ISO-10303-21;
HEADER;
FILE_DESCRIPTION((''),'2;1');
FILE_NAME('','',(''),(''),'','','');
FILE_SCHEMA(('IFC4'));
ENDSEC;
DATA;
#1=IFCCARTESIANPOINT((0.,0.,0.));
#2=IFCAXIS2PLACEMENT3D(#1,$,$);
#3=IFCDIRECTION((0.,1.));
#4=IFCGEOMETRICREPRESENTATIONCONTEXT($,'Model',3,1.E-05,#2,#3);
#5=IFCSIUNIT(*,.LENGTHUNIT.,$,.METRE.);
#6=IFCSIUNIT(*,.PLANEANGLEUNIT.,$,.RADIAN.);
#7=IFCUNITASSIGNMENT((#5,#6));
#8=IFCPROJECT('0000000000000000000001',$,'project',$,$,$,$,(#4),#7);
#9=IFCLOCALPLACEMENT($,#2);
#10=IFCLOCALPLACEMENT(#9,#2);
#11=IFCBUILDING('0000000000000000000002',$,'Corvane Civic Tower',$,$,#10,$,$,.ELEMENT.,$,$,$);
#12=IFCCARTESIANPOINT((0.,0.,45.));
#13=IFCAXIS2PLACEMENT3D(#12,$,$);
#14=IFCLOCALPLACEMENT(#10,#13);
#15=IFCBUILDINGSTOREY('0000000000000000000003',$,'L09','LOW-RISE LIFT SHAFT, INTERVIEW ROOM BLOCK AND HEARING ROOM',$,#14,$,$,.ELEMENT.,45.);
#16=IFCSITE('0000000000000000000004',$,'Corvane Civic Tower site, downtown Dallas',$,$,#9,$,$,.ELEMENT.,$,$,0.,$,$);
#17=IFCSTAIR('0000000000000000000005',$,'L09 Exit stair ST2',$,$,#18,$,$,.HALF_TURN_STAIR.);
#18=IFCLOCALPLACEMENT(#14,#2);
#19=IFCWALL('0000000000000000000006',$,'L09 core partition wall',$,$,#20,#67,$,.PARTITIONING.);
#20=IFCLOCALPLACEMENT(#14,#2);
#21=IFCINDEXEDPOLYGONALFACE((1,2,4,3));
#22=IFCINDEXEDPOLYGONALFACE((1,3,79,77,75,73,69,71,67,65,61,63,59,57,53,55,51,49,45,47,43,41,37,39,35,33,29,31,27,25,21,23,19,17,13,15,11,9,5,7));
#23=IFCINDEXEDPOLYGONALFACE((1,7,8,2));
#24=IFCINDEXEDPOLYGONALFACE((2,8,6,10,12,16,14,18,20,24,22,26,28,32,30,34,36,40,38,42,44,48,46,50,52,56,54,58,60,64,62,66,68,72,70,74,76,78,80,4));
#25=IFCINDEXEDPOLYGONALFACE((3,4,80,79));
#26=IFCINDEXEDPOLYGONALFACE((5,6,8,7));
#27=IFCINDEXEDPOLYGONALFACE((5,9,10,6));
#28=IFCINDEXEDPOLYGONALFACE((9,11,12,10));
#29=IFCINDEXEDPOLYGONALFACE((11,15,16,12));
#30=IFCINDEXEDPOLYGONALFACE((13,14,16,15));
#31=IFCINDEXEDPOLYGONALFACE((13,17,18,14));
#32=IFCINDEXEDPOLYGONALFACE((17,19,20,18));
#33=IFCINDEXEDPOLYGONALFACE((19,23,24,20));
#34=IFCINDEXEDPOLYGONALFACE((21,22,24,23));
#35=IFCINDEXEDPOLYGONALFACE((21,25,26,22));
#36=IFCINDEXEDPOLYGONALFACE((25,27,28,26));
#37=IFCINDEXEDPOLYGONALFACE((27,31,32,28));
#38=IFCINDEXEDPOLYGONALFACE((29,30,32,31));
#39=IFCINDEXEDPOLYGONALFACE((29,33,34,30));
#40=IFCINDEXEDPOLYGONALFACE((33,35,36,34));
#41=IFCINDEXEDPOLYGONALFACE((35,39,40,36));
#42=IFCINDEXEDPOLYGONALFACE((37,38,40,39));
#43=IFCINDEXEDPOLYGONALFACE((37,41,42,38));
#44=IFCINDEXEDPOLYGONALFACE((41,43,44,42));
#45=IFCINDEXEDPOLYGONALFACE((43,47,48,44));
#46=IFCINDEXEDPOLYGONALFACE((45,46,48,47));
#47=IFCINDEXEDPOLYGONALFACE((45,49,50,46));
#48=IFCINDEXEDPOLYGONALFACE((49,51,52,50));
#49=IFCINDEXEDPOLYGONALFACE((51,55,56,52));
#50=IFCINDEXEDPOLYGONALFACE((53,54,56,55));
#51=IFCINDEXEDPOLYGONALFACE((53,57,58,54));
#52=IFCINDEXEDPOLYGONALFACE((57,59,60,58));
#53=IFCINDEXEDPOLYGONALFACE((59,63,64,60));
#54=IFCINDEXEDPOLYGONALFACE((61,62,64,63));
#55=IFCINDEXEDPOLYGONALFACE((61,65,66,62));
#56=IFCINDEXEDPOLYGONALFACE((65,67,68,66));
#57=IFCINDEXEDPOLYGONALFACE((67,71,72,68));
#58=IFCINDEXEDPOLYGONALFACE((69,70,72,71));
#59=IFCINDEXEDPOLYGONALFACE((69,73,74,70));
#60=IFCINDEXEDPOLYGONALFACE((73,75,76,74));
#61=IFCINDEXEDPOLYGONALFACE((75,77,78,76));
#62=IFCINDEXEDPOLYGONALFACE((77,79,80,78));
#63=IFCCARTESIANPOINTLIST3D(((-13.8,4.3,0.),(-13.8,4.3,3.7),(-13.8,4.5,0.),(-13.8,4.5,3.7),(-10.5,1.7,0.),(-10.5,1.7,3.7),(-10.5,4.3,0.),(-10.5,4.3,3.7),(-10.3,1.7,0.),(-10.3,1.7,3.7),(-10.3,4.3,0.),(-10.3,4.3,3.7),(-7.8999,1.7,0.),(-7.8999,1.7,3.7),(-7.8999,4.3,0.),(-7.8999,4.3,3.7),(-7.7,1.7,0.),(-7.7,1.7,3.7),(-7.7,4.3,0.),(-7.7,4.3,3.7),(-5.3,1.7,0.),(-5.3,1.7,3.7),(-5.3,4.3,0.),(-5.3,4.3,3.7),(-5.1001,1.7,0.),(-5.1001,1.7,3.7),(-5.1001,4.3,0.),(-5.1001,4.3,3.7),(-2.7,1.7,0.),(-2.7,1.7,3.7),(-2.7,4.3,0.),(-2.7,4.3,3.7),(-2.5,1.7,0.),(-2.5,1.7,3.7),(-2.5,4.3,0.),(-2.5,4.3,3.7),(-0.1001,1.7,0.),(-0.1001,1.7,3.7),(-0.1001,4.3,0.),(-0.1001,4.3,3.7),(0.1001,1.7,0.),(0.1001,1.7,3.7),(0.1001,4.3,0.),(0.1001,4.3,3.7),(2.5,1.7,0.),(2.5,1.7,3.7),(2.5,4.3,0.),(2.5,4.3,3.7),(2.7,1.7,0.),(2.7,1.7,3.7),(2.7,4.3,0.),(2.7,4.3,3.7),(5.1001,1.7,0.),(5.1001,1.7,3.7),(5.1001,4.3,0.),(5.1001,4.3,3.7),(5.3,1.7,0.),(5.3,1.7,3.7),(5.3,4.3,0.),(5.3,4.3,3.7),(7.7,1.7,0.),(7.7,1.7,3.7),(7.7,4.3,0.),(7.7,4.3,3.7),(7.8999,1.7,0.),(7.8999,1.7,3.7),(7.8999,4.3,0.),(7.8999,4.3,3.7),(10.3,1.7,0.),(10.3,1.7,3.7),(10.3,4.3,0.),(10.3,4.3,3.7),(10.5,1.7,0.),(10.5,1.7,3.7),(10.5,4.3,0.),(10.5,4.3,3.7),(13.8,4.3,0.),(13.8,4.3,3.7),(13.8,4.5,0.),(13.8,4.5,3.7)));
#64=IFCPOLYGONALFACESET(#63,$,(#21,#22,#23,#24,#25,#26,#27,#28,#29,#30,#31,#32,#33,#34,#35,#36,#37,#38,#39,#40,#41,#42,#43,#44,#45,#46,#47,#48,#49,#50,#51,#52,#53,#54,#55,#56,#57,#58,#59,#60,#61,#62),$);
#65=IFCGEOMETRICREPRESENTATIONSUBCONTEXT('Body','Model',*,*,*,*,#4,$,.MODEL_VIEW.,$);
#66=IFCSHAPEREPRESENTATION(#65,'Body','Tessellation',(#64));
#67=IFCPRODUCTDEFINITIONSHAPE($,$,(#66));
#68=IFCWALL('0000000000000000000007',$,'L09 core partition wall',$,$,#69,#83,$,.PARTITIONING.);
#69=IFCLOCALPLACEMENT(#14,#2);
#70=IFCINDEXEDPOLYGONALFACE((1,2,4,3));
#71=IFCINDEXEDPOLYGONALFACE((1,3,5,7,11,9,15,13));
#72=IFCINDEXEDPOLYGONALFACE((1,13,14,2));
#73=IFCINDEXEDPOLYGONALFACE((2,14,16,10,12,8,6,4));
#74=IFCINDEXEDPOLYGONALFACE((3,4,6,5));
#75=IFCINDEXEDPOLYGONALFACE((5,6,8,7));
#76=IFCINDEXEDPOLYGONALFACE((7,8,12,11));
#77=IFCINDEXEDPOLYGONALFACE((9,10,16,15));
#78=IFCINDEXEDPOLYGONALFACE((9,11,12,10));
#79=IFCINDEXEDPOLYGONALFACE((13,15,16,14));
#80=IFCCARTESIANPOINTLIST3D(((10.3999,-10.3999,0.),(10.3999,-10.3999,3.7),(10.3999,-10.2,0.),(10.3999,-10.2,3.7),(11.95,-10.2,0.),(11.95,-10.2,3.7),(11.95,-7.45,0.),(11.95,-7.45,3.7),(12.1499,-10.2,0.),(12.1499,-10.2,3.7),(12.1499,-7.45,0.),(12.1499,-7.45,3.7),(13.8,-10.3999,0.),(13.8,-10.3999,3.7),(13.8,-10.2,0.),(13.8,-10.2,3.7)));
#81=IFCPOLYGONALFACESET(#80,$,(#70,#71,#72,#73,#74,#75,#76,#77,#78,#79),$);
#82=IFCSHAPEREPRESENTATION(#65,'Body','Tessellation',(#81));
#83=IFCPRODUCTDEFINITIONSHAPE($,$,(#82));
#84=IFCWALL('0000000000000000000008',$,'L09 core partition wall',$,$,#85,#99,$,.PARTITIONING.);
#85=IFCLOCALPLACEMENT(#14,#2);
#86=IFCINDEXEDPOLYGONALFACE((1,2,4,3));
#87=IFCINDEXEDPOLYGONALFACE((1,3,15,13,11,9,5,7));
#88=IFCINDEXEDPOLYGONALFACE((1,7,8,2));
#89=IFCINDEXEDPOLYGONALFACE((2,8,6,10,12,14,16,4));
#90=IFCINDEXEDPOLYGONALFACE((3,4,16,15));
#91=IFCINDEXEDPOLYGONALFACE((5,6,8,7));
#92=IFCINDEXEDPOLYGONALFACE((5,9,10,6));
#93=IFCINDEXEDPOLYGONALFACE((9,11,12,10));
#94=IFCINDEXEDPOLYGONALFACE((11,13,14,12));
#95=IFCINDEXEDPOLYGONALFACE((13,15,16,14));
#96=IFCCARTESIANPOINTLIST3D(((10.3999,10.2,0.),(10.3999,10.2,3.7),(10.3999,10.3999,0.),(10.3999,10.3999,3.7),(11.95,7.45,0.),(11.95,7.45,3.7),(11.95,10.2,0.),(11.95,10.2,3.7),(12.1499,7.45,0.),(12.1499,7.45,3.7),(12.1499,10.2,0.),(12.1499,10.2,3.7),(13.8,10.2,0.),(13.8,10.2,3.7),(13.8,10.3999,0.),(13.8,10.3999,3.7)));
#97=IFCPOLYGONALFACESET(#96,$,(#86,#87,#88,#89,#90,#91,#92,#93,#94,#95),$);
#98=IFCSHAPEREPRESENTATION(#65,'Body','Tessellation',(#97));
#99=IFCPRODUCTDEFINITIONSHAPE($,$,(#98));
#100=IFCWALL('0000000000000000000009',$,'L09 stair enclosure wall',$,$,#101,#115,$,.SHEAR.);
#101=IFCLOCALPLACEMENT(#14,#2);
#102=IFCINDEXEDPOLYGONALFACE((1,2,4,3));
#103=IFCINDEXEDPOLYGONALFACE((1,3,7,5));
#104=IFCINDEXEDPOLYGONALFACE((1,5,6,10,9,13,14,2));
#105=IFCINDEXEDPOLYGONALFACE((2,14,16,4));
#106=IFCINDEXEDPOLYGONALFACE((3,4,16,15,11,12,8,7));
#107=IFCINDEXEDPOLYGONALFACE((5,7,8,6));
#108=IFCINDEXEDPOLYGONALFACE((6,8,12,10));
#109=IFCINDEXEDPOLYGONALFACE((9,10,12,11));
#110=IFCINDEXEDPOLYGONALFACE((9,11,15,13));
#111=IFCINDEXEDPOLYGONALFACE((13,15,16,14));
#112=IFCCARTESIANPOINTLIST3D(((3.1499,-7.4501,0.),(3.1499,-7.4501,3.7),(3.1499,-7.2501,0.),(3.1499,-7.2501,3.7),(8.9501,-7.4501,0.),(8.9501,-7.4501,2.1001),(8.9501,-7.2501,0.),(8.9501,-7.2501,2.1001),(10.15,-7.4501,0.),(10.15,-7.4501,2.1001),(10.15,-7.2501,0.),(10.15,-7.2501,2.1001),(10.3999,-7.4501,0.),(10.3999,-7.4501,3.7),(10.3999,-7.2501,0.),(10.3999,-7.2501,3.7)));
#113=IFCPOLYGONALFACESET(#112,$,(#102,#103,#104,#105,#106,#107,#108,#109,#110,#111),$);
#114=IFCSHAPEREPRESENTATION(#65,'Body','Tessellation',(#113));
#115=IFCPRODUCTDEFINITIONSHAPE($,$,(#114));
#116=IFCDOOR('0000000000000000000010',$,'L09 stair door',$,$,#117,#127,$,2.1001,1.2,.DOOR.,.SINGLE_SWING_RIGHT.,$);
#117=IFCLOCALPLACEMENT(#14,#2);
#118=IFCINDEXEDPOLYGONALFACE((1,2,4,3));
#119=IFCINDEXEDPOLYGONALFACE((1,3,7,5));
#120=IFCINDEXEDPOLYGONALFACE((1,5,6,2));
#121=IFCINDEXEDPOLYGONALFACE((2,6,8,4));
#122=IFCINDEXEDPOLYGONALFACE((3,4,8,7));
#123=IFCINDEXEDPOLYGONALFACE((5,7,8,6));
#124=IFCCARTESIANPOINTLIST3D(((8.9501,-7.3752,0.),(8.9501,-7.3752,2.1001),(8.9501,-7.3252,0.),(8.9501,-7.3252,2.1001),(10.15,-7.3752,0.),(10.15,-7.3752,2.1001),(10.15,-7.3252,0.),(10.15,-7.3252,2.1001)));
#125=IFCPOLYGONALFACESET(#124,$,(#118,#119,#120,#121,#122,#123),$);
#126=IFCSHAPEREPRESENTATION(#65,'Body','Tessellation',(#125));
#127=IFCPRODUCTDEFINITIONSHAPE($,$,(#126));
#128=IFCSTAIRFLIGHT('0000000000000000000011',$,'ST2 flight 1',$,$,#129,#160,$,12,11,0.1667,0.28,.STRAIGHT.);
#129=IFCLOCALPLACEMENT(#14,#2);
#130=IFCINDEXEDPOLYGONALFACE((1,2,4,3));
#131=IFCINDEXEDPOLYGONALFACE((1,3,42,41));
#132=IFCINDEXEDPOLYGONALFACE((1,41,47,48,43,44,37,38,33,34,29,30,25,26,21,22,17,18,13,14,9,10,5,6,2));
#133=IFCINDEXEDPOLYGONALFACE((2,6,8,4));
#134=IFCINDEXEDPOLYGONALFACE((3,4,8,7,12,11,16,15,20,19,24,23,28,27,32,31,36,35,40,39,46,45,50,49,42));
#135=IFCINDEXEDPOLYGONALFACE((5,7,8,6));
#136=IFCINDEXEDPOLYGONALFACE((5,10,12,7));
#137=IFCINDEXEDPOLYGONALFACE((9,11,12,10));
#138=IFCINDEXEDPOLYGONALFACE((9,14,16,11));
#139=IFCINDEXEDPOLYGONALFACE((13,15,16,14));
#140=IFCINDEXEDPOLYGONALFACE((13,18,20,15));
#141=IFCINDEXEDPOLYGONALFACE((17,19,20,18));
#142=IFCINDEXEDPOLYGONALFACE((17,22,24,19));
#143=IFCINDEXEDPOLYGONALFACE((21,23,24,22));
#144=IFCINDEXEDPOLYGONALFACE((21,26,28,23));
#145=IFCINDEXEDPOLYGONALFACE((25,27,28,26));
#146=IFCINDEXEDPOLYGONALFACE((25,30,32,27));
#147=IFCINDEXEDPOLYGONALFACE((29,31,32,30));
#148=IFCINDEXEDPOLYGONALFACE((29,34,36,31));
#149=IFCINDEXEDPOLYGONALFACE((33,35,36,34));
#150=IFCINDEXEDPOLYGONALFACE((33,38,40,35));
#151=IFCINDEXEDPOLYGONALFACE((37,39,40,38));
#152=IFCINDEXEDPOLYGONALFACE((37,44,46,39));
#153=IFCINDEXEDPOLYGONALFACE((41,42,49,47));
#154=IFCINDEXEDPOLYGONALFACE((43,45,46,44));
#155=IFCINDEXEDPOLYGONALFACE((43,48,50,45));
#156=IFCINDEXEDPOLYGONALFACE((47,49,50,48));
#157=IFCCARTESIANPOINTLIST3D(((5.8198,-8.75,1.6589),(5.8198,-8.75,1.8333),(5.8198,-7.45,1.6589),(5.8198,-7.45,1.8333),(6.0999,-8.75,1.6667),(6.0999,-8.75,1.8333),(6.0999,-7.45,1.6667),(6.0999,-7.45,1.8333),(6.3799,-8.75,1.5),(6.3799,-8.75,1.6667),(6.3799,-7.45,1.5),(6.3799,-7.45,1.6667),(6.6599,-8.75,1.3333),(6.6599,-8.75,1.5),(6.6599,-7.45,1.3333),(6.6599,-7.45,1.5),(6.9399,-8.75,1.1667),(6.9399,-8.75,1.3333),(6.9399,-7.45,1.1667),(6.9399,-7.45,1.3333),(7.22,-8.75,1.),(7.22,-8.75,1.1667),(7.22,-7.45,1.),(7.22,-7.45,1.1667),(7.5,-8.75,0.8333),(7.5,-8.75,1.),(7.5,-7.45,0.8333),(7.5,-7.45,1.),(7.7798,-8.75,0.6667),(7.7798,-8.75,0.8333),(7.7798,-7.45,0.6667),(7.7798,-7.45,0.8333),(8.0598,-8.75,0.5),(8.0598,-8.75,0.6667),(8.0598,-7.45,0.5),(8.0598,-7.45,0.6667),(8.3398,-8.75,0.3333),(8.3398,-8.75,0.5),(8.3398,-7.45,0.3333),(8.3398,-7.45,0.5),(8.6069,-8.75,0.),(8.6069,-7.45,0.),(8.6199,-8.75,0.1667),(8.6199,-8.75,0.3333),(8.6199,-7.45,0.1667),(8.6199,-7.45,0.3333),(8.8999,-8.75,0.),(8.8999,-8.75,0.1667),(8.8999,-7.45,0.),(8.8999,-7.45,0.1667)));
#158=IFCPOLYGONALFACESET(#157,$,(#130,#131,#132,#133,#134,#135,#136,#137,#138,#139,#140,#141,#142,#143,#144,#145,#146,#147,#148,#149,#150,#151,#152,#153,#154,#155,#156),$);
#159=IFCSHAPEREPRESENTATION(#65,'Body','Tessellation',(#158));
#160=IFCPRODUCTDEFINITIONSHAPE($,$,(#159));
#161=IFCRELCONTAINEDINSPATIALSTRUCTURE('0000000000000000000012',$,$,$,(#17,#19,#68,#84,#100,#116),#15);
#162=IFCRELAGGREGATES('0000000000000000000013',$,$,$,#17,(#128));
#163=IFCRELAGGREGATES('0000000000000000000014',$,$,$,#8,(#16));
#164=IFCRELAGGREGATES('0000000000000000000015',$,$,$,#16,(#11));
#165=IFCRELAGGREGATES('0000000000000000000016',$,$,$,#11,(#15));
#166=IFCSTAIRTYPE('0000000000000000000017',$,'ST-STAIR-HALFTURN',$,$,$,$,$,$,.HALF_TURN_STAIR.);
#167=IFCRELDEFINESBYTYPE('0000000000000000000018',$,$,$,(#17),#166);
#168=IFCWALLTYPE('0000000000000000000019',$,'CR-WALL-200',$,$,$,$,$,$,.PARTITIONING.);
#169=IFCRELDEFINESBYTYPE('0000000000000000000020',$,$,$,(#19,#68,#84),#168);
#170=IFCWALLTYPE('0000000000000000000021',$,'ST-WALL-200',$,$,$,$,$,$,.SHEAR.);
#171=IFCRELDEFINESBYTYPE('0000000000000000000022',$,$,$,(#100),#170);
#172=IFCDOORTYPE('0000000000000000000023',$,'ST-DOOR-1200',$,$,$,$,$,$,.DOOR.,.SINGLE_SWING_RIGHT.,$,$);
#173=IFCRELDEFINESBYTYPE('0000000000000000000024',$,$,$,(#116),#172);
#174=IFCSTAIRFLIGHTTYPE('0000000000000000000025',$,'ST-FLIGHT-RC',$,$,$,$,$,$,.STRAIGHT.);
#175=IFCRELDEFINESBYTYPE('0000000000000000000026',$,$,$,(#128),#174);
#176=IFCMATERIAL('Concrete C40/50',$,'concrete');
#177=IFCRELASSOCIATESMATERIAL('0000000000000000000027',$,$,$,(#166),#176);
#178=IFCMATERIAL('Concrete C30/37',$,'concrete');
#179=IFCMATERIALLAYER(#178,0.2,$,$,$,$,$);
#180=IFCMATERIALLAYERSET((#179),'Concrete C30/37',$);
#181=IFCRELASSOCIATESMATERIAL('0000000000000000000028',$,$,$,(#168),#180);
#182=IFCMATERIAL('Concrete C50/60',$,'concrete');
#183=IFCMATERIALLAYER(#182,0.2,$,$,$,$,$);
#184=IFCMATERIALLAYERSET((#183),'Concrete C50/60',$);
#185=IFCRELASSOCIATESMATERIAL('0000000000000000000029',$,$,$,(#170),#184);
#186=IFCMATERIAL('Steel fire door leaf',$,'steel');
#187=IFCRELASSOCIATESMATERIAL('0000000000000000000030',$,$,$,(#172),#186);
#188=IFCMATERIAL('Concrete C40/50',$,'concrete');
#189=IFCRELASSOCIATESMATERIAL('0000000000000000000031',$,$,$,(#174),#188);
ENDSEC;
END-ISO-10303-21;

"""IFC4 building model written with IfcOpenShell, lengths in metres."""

from ifc_helpers import new_model, si_unit, direction, frame, frame_2d, origin, place, context, subcontext, project, spatial, polyline, rectangle, outline, extrude, material, layer, layer_set, type_object, element, fill, aggregate, save


model = new_model("IFC4")

# Units and contexts
model_context = context("Model", 3, precision=1e-05, world=origin(), true_north=direction((0.0, 1.0)))
body_context = subcontext(model_context, "Body", "Model", "MODEL_VIEW")
ifc_project = project(units=[si_unit("LENGTHUNIT", "METRE"), si_unit("PLANEANGLEUNIT", "RADIAN")], contexts=[model_context])

# Site, building, storey
site_placement = place(None, origin())
site = spatial("IfcSite", under=ifc_project, at=site_placement, Name="Corvane Civic Tower site, downtown Dallas", CompositionType="ELEMENT", RefElevation=0.0)
building_placement = place(site_placement, origin())
building = spatial("IfcBuilding", under=site, at=building_placement, Name="Corvane Civic Tower", CompositionType="ELEMENT")
storey_placement = place(building_placement, frame((0.0, 0.0, 45.0)))
storey = spatial("IfcBuildingStorey", under=building, at=storey_placement, Name="L09", Description="LOW-RISE LIFT SHAFT, INTERVIEW ROOM BLOCK AND HEARING ROOM", CompositionType="ELEMENT", Elevation=45.0)

# Stair
ifc_material_1 = material(Name="Concrete C40/50", Category="concrete")
stair_type = type_object("IfcStairType", Name="ST-STAIR-HALFTURN", PredefinedType="HALF_TURN_STAIR", material=ifc_material_1)
stair_1_placement = place(storey_placement, origin())
stair_1 = element("IfcStair", 1, at=stair_1_placement, inside=storey, type_object=stair_type, Name="L09 Exit stair ST2", PredefinedType="HALF_TURN_STAIR")

# Shared definitions
ifc_material_2 = material(Name="Concrete C30/37", Category="concrete")
ifc_layer_1 = layer(ifc_material_2, 0.2)
ifc_layer_set_1 = layer_set([ifc_layer_1], Name="Concrete C30/37")
wall_type_1 = type_object("IfcWallType", Name="CR-WALL-200", PredefinedType="PARTITIONING", material=ifc_layer_set_1)

# Walls
wall_1_placement = place(storey_placement, origin())
element("IfcWall", 2, at=wall_1_placement, inside=storey, type_object=wall_type_1, Name="L09 core partition wall", PredefinedType="PARTITIONING", context=body_context, shape_type="SweptSolid", body=[
    extrude(outline(polyline([(-10.3, 1.7), (-10.5, 1.7), (-10.5, 4.3), (-13.8, 4.3), (-13.8, 4.5), (13.8, 4.5), (13.8, 4.3), (10.5, 4.3), (10.5, 1.7), (10.3, 1.7), (10.3, 4.3), (7.8999, 4.3), (7.8999, 1.7), (7.7, 1.7), (7.7, 4.3), (5.3, 4.3), (5.3, 1.7), (5.1001, 1.7), (5.1001, 4.3), (2.7, 4.3), (2.7, 1.7), (2.5, 1.7), (2.5, 4.3), (0.1001, 4.3), (0.1001, 1.7), (-0.1001, 1.7), (-0.1001, 4.3), (-2.5, 4.3), (-2.5, 1.7), (-2.7, 1.7), (-2.7, 4.3), (-5.1001, 4.3), (-5.1001, 1.7), (-5.3, 1.7), (-5.3, 4.3), (-7.7, 4.3), (-7.7, 1.7), (-7.8999, 1.7), (-7.8999, 4.3), (-10.3, 4.3), (-10.3, 1.7)])), origin(), (0.0, 0.0, 1.0), 3.7),
])
wall_2_placement = place(storey_placement, origin())
element("IfcWall", 3, at=wall_2_placement, inside=storey, type_object=wall_type_1, Name="L09 core partition wall", PredefinedType="PARTITIONING", context=body_context, shape_type="SweptSolid", body=[
    extrude(outline(polyline([(11.95, -7.45), (12.1499, -7.45), (12.1499, -10.2), (13.8, -10.2), (13.8, -10.3999), (10.3999, -10.3999), (10.3999, -10.2), (11.95, -10.2), (11.95, -7.45)])), origin(), (0.0, 0.0, 1.0), 3.7),
])
wall_3_placement = place(storey_placement, origin())
element("IfcWall", 4, at=wall_3_placement, inside=storey, type_object=wall_type_1, Name="L09 core partition wall", PredefinedType="PARTITIONING", context=body_context, shape_type="SweptSolid", body=[
    extrude(outline(polyline([(13.8, 10.3999), (13.8, 10.2), (12.1499, 10.2), (12.1499, 7.45), (11.95, 7.45), (11.95, 10.2), (10.3999, 10.2), (10.3999, 10.3999), (13.8, 10.3999)])), origin(), (0.0, 0.0, 1.0), 3.7),
])

# Wall, opening, door
ifc_material_3 = material(Name="Concrete C50/60", Category="concrete")
ifc_layer_2 = layer(ifc_material_3, 0.2)
ifc_layer_set_2 = layer_set([ifc_layer_2], Name="Concrete C50/60")
wall_type_2 = type_object("IfcWallType", Name="ST-WALL-200", PredefinedType="SHEAR", material=ifc_layer_set_2)
wall_4_placement = place(storey_placement, frame((3.1499, -7.3501, 0.0), z_axis=(0.0, 0.0, 1.0), x_axis=(1.0, 0.0, 0.0)))
wall_4 = element("IfcWall", 5, at=wall_4_placement, inside=storey, type_object=wall_type_2, Name="L09 stair enclosure wall", PredefinedType="SHEAR", context=body_context, shape_type="SweptSolid", body=[
    extrude(rectangle(XDim=7.25, YDim=0.2, at=frame_2d((3.625, 0.0))), origin(), (0.0, 0.0, 1.0), 3.7),
])
opening_1_placement = place(wall_4_placement, frame((5.8, 0.0, 0.0)))
opening_1 = element("IfcOpeningElement", 6, at=opening_1_placement, cuts=wall_4, PredefinedType="OPENING", context=body_context, shape_type="SweptSolid", body=[
    extrude(rectangle(XDim=1.2, YDim=2.1001, at=frame_2d((0.6001, 1.05))), frame((0.0, 0.1099, 0.0), z_axis=(0.0, -1.0, 0.0), x_axis=(1.0, 0.0, 0.0)), (0.0, 0.0, 1.0), 0.22),
])
ifc_material_4 = material(Name="Steel fire door leaf", Category="steel")
door_type_1 = type_object("IfcDoorType", Name="ST-DOOR-1200", OperationType="SINGLE_SWING_RIGHT", PredefinedType="DOOR", material=ifc_material_4)
door_1_placement = place(opening_1_placement, origin())
door_1 = element("IfcDoor", 7, at=door_1_placement, inside=storey, type_object=door_type_1, Name="L09 stair door", OperationType="SINGLE_SWING_RIGHT", OverallHeight=2.1001, OverallWidth=1.2, PredefinedType="DOOR", context=body_context, shape_type="SweptSolid", body=[
    extrude(rectangle(XDim=1.2, YDim=2.1001, at=frame_2d((0.6001, 1.05))), frame((0.0, 0.0249, 0.0), z_axis=(0.0, -1.0, 0.0), x_axis=(1.0, 0.0, 0.0)), (0.0, 0.0, 1.0), 0.05),
])
fill(opening_1, door_1)

# Stair flight
ifc_material_5 = material(Name="Concrete C40/50", Category="concrete")
stair_flight_type = type_object("IfcStairFlightType", Name="ST-FLIGHT-RC", PredefinedType="STRAIGHT", material=ifc_material_5)
stair_flight_1_placement = place(storey_placement, frame((8.8999, -8.1001, 0.0), z_axis=(0.0, 0.0, 1.0), x_axis=(-1.0, 0.0, 0.0)))
stair_flight_1 = element("IfcStairFlight", 8, at=stair_flight_1_placement, type_object=stair_flight_type, Name="ST2 flight 1", NumberOfRisers=12, NumberOfTreads=11, PredefinedType="STRAIGHT", RiserHeight=0.1667, TreadLength=0.28, context=body_context, shape_type="SweptSolid", body=[
    extrude(outline(polyline([(0.0, 0.0), (0.0, 0.1667), (0.28, 0.1667), (0.28, 0.3333), (0.5601, 0.3333), (0.5601, 0.5), (0.8401, 0.5), (0.8401, 0.6667), (1.1201, 0.6667), (1.1201, 0.8333), (1.3999, 0.8333), (1.3999, 1.0), (1.6799, 1.0), (1.6799, 1.1667), (1.96, 1.1667), (1.96, 1.3333), (2.24, 1.3333), (2.24, 1.5), (2.52, 1.5), (2.52, 1.6667), (2.8, 1.6667), (2.8, 1.8333), (3.0801, 1.8333), (3.0801, 2.0), (3.0801, 1.6589), (0.293, 0.0), (0.0, 0.0)])), frame((0.0, 0.6499, 0.0), z_axis=(0.0, -1.0, 0.0), x_axis=(1.0, 0.0, 0.0)), (0.0, 0.0, 1.0), 1.3),
])
aggregate(stair_1, [stair_flight_1])

save(model, "model.ifc")
